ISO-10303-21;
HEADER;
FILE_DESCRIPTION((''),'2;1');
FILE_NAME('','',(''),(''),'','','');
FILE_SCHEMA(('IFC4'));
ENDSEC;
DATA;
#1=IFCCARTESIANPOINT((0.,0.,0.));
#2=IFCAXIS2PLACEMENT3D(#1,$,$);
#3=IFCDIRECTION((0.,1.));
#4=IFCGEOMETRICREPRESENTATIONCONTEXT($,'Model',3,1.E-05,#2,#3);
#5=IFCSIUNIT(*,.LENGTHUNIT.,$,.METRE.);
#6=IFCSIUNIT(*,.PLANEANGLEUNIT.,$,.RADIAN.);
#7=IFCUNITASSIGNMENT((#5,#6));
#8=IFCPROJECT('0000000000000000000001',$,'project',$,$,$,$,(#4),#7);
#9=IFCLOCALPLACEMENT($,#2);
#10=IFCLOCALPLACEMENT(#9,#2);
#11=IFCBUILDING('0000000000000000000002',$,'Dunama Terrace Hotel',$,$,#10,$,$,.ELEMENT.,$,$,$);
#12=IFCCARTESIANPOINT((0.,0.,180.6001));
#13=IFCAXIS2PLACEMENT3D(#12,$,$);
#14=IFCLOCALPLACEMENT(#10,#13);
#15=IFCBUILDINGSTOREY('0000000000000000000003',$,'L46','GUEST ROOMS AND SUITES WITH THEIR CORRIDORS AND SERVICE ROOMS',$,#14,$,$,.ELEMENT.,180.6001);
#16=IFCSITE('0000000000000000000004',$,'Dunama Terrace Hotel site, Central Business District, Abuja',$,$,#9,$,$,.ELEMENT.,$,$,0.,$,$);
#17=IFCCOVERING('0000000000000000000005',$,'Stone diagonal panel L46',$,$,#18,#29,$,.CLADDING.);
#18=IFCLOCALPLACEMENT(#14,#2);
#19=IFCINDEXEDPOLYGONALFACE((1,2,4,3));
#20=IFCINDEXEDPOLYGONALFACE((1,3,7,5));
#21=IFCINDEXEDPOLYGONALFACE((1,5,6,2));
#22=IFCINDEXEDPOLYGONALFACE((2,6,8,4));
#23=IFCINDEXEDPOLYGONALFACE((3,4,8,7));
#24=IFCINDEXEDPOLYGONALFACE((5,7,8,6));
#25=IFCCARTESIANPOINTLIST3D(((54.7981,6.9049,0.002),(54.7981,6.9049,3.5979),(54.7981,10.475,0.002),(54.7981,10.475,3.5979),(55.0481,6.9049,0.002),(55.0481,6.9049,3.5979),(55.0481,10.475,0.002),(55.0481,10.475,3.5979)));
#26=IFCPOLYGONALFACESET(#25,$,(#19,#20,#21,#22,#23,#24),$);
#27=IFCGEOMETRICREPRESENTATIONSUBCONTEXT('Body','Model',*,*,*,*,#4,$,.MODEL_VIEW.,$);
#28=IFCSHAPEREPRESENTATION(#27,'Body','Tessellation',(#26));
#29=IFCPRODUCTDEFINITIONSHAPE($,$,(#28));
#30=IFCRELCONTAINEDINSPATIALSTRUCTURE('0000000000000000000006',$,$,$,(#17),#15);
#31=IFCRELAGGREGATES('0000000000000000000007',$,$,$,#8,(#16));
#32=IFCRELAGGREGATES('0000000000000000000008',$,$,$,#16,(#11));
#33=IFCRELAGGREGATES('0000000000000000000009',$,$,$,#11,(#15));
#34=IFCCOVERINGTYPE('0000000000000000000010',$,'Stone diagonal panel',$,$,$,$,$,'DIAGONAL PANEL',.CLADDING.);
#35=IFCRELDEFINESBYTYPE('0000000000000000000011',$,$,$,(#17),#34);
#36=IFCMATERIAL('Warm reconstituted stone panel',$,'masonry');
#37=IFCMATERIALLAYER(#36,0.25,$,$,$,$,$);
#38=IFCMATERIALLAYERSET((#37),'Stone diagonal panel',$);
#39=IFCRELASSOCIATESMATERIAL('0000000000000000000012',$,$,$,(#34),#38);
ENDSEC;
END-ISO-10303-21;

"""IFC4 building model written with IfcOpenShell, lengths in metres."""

from ifc_helpers import new_model, si_unit, direction, frame, origin, origin_2d, place, context, subcontext, project, spatial, rectangle, extrude, material, layer, layer_set, type_object, element, save


model = new_model("IFC4")

# Units and contexts
model_context = context("Model", 3, precision=1e-05, world=origin(), true_north=direction((0.0, 1.0)))
body_context = subcontext(model_context, "Body", "Model", "MODEL_VIEW")
ifc_project = project(units=[si_unit("LENGTHUNIT", "METRE"), si_unit("PLANEANGLEUNIT", "RADIAN")], contexts=[model_context])

# Site, building, storey
site_placement = place(None, origin())
site = spatial("IfcSite", under=ifc_project, at=site_placement, Name="Dunama Terrace Hotel site, Central Business District, Abuja", CompositionType="ELEMENT", RefElevation=0.0)
building_placement = place(site_placement, origin())
building = spatial("IfcBuilding", under=site, at=building_placement, Name="Dunama Terrace Hotel", CompositionType="ELEMENT")
storey_placement = place(building_placement, frame((0.0, 0.0, 180.6001)))
storey = spatial("IfcBuildingStorey", under=building, at=storey_placement, Name="L46", Description="GUEST ROOMS AND SUITES WITH THEIR CORRIDORS AND SERVICE ROOMS", CompositionType="ELEMENT", Elevation=180.6001)

# Covering
ifc_material_1 = material(Name="Warm reconstituted stone panel", Category="masonry")
ifc_layer_1 = layer(ifc_material_1, 0.25)
ifc_layer_set_1 = layer_set([ifc_layer_1], Name="Stone diagonal panel")
covering_type = type_object("IfcCoveringType", Name="Stone diagonal panel", ElementType="DIAGONAL PANEL", PredefinedType="CLADDING", material=ifc_layer_set_1)
covering_1_placement = place(storey_placement, frame((54.9231, 8.6899, 0.002), z_axis=(0.0, 0.0, 1.0), x_axis=(0.0, 1.0, 0.0)))
element("IfcCovering", 1, at=covering_1_placement, inside=storey, type_object=covering_type, Name="Stone diagonal panel L46", PredefinedType="CLADDING", context=body_context, shape_type="SweptSolid", body=[
    extrude(rectangle(XDim=3.5701, YDim=0.25, at=origin_2d()), origin(), (0.0, 0.0, 1.0), 3.5959),
])

save(model, "model.ifc")
